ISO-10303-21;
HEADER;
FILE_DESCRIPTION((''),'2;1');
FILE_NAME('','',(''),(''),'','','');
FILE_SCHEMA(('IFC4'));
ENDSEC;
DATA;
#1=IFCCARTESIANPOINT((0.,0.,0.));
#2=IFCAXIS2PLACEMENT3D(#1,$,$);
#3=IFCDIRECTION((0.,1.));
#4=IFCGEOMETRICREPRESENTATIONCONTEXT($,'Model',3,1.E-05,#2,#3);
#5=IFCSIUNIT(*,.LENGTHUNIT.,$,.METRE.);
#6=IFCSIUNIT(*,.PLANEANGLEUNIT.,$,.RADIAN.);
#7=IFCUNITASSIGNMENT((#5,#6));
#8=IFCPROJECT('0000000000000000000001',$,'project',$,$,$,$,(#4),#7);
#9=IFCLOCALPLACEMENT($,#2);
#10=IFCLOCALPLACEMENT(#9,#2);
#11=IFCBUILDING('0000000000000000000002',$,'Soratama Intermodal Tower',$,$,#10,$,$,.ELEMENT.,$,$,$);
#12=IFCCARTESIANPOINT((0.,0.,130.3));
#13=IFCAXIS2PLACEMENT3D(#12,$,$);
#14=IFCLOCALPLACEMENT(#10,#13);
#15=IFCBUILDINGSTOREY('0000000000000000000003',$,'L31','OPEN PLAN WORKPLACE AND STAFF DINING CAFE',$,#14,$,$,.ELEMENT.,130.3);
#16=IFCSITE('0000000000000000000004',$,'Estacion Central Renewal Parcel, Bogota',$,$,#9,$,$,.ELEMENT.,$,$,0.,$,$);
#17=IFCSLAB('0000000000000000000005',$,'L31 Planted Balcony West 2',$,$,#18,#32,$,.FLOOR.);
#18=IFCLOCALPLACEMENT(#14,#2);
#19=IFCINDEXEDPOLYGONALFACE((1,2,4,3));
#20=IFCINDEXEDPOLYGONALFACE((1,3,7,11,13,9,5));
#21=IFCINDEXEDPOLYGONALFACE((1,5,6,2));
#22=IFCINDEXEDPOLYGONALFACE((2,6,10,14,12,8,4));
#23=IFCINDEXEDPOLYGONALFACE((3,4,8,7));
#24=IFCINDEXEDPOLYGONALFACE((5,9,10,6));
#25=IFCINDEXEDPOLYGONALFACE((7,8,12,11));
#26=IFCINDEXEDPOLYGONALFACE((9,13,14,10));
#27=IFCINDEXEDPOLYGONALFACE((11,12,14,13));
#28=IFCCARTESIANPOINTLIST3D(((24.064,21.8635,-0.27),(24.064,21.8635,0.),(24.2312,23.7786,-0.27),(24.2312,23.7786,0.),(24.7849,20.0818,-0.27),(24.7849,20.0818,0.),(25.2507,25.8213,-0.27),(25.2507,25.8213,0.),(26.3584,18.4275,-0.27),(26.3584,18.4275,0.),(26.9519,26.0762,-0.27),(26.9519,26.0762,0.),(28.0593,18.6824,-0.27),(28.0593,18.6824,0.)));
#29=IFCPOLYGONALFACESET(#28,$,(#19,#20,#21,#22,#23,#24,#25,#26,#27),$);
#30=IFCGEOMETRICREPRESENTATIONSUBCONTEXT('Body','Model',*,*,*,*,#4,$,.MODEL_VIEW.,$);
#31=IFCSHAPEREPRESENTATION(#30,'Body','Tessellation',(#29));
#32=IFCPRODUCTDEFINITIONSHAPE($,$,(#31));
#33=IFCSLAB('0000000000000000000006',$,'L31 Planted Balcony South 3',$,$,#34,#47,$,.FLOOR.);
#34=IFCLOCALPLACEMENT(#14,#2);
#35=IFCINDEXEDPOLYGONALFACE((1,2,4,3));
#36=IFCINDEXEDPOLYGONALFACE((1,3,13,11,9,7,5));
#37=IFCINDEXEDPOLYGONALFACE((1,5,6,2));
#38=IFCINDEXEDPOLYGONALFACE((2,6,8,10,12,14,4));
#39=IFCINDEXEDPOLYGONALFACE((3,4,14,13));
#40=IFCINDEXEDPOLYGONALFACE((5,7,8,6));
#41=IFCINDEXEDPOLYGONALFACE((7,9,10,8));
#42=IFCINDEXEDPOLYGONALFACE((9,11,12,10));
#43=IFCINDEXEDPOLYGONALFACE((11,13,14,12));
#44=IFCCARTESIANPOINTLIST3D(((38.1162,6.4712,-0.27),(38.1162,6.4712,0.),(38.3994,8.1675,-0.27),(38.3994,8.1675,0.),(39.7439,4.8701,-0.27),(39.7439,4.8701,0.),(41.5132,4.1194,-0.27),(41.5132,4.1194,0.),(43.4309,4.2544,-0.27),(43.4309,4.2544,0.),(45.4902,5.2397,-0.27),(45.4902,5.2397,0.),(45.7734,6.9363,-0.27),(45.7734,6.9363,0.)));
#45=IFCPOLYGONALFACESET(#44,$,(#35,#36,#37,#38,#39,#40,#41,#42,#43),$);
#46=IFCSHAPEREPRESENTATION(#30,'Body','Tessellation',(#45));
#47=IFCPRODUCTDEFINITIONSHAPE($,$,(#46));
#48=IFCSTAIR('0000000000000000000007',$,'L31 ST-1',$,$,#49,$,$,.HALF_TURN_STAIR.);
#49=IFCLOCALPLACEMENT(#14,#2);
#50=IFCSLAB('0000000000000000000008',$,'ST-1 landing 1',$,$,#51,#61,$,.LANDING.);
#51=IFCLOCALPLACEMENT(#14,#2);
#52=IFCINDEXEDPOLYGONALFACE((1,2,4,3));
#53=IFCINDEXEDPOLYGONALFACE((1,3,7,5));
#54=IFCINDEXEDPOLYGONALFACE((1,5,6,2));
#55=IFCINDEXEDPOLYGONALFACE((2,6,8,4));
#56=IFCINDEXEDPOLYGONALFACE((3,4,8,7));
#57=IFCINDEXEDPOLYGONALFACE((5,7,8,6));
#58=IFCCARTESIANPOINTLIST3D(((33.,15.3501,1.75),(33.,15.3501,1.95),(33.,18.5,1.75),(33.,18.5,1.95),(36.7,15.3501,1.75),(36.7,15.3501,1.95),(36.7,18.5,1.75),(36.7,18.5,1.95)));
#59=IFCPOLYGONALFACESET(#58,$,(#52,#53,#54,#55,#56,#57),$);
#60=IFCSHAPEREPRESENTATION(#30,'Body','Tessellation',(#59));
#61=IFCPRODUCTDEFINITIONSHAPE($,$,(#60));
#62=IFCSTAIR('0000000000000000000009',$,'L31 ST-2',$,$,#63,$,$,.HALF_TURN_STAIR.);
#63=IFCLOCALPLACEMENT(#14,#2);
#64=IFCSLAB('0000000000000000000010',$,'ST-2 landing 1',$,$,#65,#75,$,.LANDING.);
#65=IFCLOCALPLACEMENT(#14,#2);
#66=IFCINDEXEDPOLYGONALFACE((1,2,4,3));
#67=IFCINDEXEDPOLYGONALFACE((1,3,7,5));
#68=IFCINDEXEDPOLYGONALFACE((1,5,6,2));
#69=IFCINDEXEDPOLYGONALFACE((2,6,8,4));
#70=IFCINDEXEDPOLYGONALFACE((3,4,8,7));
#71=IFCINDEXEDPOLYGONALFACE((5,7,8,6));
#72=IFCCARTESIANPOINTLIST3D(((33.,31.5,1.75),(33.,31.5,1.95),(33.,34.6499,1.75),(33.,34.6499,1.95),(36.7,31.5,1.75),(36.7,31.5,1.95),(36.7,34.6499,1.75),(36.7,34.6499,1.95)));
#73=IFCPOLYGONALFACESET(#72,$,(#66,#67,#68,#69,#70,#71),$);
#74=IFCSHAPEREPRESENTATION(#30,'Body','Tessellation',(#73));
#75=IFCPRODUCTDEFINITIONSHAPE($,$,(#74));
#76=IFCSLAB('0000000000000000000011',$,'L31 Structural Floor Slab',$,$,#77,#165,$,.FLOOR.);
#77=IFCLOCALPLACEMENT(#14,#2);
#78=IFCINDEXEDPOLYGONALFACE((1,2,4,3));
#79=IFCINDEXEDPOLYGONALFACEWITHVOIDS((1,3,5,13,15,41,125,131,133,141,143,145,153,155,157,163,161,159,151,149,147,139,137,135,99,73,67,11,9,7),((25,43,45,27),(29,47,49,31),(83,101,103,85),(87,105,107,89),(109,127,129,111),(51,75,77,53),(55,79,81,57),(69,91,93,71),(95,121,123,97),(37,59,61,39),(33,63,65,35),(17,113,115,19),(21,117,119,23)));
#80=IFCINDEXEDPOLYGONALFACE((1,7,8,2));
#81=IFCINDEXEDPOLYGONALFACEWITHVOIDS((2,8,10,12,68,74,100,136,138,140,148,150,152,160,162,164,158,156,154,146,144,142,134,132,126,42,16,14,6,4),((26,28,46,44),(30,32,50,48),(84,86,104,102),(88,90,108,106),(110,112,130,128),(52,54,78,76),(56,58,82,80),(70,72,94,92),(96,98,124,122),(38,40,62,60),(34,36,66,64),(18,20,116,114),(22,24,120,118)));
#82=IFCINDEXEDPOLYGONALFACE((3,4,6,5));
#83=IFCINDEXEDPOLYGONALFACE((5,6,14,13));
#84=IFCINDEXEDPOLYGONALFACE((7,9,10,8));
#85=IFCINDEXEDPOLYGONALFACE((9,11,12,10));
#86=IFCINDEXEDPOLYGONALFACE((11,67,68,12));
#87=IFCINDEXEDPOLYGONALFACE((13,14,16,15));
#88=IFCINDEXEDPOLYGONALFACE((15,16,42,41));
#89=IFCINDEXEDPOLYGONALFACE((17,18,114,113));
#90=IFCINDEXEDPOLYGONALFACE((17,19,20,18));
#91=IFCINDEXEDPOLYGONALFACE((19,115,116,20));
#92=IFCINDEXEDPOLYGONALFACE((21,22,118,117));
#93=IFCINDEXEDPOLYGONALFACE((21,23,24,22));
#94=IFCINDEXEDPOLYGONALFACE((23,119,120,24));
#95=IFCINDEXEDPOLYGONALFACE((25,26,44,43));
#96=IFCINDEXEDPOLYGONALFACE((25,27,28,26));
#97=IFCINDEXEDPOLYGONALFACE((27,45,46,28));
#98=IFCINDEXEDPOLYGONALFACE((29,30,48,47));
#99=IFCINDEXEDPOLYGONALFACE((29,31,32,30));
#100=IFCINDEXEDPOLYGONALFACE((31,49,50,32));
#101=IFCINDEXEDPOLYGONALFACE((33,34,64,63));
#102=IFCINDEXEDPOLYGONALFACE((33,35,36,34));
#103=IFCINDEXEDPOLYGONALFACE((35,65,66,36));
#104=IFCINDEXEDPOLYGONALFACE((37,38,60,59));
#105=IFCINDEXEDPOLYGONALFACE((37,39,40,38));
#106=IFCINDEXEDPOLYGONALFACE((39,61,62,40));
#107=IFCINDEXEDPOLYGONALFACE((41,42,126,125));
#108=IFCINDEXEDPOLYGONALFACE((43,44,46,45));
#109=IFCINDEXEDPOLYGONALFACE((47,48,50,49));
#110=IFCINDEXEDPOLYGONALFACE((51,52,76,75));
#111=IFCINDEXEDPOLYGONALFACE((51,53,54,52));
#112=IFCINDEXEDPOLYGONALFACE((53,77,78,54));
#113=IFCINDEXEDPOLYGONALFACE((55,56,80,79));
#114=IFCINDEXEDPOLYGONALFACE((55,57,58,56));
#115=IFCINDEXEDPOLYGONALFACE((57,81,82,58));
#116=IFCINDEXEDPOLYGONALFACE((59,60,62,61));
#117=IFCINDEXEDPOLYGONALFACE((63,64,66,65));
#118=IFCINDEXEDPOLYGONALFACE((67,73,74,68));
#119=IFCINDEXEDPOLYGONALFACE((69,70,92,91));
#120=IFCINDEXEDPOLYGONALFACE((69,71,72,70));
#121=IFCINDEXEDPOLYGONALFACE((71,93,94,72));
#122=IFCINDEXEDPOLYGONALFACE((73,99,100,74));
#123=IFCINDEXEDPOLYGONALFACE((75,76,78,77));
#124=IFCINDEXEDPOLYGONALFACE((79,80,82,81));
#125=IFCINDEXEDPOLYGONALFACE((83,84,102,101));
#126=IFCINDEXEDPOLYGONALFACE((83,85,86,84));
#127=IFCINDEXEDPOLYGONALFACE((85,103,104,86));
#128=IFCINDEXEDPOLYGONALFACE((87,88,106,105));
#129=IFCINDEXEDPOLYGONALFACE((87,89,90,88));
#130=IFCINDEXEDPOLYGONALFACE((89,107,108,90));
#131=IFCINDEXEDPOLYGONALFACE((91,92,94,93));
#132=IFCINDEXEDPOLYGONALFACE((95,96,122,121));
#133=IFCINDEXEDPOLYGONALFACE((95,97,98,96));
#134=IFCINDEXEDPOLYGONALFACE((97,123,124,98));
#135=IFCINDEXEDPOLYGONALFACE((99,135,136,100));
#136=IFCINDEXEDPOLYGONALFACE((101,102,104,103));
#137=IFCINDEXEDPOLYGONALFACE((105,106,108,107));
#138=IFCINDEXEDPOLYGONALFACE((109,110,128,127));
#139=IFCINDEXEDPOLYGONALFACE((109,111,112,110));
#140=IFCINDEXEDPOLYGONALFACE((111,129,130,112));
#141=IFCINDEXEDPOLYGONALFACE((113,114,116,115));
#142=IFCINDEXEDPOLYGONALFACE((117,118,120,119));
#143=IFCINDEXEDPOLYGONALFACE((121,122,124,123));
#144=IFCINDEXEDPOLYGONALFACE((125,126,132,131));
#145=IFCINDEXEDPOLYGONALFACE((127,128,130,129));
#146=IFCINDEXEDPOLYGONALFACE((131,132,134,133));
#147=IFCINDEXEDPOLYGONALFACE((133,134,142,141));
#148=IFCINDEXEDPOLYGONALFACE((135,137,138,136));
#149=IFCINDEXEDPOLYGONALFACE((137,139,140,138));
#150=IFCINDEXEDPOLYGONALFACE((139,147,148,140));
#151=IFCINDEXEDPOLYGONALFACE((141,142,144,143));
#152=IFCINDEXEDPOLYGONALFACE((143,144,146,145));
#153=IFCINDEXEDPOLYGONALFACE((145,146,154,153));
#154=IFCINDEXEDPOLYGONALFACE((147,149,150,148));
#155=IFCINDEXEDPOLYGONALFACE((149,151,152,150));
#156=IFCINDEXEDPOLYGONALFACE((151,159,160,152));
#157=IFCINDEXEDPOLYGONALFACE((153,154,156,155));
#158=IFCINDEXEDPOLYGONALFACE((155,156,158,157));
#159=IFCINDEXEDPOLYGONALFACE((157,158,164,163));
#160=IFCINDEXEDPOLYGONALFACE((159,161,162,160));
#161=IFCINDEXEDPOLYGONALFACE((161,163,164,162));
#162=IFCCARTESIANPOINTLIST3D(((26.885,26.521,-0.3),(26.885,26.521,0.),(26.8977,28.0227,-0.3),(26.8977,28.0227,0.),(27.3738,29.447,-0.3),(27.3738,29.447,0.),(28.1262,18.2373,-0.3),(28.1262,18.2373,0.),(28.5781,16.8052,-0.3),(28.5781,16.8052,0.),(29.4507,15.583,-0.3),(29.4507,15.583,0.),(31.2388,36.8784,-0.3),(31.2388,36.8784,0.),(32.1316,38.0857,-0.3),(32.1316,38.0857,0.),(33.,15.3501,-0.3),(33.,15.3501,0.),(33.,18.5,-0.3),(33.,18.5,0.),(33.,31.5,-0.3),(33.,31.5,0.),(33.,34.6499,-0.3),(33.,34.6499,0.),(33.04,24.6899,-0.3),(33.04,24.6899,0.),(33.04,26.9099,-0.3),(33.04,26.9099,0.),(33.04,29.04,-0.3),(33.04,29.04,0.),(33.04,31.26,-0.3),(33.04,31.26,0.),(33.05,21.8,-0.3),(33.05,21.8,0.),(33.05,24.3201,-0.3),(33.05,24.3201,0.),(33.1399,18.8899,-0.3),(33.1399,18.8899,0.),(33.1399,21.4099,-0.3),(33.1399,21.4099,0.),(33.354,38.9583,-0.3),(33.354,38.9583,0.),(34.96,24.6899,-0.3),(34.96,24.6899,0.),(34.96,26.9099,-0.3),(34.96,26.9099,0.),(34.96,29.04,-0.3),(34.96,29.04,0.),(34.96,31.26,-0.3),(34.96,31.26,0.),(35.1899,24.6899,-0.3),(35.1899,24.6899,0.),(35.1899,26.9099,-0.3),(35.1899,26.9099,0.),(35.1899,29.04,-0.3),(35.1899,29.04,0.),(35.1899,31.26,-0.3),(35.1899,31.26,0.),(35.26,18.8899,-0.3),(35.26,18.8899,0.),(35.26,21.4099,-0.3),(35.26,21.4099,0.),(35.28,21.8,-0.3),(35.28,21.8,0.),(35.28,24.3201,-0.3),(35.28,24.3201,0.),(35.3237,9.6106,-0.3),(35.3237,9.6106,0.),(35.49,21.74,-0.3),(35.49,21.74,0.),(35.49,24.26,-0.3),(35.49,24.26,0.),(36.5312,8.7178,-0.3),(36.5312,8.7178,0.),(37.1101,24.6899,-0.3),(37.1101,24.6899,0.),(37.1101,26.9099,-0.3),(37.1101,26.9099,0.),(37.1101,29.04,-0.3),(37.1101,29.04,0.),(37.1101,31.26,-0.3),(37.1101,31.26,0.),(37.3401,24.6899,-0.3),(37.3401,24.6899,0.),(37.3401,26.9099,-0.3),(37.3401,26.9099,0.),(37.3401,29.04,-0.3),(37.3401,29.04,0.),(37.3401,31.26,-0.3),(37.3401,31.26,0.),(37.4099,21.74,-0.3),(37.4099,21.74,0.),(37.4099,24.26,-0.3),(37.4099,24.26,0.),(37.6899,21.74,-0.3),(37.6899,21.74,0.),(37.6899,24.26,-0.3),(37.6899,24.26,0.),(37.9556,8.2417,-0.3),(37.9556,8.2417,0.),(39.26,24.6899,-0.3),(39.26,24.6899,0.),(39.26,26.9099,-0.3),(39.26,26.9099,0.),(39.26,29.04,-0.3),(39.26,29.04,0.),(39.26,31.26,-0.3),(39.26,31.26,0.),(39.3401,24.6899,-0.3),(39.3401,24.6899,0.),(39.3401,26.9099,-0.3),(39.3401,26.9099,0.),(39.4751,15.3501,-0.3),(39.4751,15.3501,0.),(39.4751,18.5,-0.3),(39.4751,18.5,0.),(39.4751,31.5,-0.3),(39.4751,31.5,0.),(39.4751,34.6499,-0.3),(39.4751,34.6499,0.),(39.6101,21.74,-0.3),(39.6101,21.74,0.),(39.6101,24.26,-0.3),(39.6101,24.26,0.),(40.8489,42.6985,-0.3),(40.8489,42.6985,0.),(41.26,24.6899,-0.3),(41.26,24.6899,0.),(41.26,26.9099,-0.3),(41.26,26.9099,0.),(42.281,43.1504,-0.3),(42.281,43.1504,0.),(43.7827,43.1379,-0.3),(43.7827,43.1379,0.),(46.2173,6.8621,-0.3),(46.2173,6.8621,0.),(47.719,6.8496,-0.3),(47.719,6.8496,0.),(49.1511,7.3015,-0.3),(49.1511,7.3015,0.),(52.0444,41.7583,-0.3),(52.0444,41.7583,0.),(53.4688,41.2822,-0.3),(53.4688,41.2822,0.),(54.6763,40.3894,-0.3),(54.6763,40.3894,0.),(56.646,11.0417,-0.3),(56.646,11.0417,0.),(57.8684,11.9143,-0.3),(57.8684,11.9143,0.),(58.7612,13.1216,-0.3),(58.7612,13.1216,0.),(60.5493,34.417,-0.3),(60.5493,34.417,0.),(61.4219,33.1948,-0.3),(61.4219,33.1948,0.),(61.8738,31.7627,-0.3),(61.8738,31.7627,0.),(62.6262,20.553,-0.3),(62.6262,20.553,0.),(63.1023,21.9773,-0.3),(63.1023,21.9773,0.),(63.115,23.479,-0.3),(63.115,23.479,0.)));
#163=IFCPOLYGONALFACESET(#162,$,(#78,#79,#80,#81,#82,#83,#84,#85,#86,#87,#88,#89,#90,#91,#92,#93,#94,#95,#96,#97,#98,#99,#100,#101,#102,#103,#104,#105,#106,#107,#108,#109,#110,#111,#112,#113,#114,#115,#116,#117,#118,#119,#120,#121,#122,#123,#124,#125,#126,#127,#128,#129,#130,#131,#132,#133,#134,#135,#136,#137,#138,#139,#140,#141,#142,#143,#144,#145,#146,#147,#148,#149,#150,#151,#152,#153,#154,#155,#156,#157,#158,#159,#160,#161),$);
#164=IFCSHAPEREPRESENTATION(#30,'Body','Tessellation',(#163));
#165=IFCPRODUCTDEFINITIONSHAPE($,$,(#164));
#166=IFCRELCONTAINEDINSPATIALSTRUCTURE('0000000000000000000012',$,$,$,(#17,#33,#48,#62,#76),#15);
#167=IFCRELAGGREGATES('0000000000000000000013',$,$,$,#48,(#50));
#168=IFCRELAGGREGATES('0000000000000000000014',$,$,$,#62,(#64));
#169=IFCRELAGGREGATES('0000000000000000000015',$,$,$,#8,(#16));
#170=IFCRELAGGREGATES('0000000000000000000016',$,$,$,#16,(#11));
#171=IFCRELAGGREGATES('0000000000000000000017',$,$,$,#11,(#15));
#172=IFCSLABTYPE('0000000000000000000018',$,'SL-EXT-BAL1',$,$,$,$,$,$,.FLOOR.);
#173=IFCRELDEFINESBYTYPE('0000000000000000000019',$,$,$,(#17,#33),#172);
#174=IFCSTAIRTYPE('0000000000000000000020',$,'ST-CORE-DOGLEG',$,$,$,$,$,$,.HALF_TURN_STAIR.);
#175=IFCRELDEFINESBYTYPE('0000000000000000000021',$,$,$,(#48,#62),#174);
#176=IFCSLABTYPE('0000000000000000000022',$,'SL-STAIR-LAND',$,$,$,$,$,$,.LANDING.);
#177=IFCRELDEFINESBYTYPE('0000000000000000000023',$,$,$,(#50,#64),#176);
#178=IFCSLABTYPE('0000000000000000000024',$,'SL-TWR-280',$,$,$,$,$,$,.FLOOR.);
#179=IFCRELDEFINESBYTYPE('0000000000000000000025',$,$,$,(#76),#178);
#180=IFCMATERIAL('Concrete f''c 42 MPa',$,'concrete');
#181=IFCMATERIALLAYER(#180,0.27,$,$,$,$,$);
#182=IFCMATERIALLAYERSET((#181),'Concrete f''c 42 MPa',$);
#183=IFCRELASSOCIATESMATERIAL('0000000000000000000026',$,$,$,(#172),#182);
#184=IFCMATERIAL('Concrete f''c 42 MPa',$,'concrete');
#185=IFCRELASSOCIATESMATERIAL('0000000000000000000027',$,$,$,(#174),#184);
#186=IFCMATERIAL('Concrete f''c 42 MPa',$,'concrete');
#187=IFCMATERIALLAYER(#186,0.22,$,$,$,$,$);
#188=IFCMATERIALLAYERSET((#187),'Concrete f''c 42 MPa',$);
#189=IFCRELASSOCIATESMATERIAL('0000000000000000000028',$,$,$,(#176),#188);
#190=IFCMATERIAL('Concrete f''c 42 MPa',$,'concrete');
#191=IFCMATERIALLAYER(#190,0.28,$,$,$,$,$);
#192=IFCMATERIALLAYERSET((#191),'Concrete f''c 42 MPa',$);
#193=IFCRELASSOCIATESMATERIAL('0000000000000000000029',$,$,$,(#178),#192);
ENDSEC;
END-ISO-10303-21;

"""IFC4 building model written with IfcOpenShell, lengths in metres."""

from ifc_helpers import new_model, si_unit, direction, frame, origin, place, context, subcontext, project, spatial, polyline, outline, extrude, material, layer, layer_set, type_object, element, aggregate, save


model = new_model("IFC4")

# Units and contexts
model_context = context("Model", 3, precision=1e-05, world=origin(), true_north=direction((0.0, 1.0)))
body_context = subcontext(model_context, "Body", "Model", "MODEL_VIEW")
ifc_project = project(units=[si_unit("LENGTHUNIT", "METRE"), si_unit("PLANEANGLEUNIT", "RADIAN")], contexts=[model_context])

# Site, building, storey
site_placement = place(None, origin())
site = spatial("IfcSite", under=ifc_project, at=site_placement, Name="Estacion Central Renewal Parcel, Bogota", CompositionType="ELEMENT", RefElevation=0.0)
building_placement = place(site_placement, origin())
building = spatial("IfcBuilding", under=site, at=building_placement, Name="Soratama Intermodal Tower", CompositionType="ELEMENT")
storey_placement = place(building_placement, frame((0.0, 0.0, 130.3)))
storey = spatial("IfcBuildingStorey", under=building, at=storey_placement, Name="L31", Description="OPEN PLAN WORKPLACE AND STAFF DINING CAFE", CompositionType="ELEMENT", Elevation=130.3)

# Slabs
ifc_material_1 = material(Name="Concrete f'c 42 MPa", Category="concrete")
ifc_layer_1 = layer(ifc_material_1, 0.27)
ifc_layer_set_1 = layer_set([ifc_layer_1], Name="Concrete f'c 42 MPa")
slab_type_1 = type_object("IfcSlabType", Name="SL-EXT-BAL1", PredefinedType="FLOOR", material=ifc_layer_set_1)
slab_1_placement = place(storey_placement, frame((0.0, 0.0, -0.27)))
element("IfcSlab", 1, at=slab_1_placement, inside=storey, type_object=slab_type_1, Name="L31 Planted Balcony West 2", PredefinedType="FLOOR", context=body_context, shape_type="SweptSolid", body=[
    extrude(outline(polyline([(26.9519, 26.0762), (28.0593, 18.6824), (26.3584, 18.4275), (24.7849, 20.0818), (24.064, 21.8635), (24.2312, 23.7786), (25.2507, 25.8213), (26.9519, 26.0762)])), origin(), (0.0, 0.0, 1.0), 0.27),
])
slab_2_placement = place(storey_placement, frame((0.0, 0.0, -0.27)))
element("IfcSlab", 2, at=slab_2_placement, inside=storey, type_object=slab_type_1, Name="L31 Planted Balcony South 3", PredefinedType="FLOOR", context=body_context, shape_type="SweptSolid", body=[
    extrude(outline(polyline([(38.3994, 8.1675), (45.7734, 6.9363), (45.4902, 5.2397), (43.4309, 4.2544), (41.5132, 4.1194), (39.7439, 4.8701), (38.1162, 6.4712), (38.3994, 8.1675)])), origin(), (0.0, 0.0, 1.0), 0.27),
])

# Stairs, slabs
ifc_material_2 = material(Name="Concrete f'c 42 MPa", Category="concrete")
stair_type = type_object("IfcStairType", Name="ST-CORE-DOGLEG", PredefinedType="HALF_TURN_STAIR", material=ifc_material_2)
stair_1_placement = place(storey_placement, origin())
stair_1 = element("IfcStair", 3, at=stair_1_placement, inside=storey, type_object=stair_type, Name="L31 ST-1", PredefinedType="HALF_TURN_STAIR")
ifc_material_3 = material(Name="Concrete f'c 42 MPa", Category="concrete")
ifc_layer_2 = layer(ifc_material_3, 0.22)
ifc_layer_set_2 = layer_set([ifc_layer_2], Name="Concrete f'c 42 MPa")
slab_type_2 = type_object("IfcSlabType", Name="SL-STAIR-LAND", PredefinedType="LANDING", material=ifc_layer_set_2)
slab_3_placement = place(storey_placement, frame((0.0, 0.0, 1.75)))
slab_3 = element("IfcSlab", 4, at=slab_3_placement, type_object=slab_type_2, Name="ST-1 landing 1", PredefinedType="LANDING", context=body_context, shape_type="SweptSolid", body=[
    extrude(outline(polyline([(36.7, 18.5), (33.0, 18.5), (33.0, 15.3501), (36.7, 15.3501), (36.7, 18.5)])), origin(), (0.0, 0.0, 1.0), 0.2),
])
aggregate(stair_1, [slab_3])
stair_2_placement = place(storey_placement, origin())
stair_2 = element("IfcStair", 5, at=stair_2_placement, inside=storey, type_object=stair_type, Name="L31 ST-2", PredefinedType="HALF_TURN_STAIR")
slab_4_placement = place(storey_placement, frame((0.0, 0.0, 1.75)))
slab_4 = element("IfcSlab", 6, at=slab_4_placement, type_object=slab_type_2, Name="ST-2 landing 1", PredefinedType="LANDING", context=body_context, shape_type="SweptSolid", body=[
    extrude(outline(polyline([(36.7, 34.6499), (33.0, 34.6499), (33.0, 31.5), (36.7, 31.5), (36.7, 34.6499)])), origin(), (0.0, 0.0, 1.0), 0.2),
])
aggregate(stair_2, [slab_4])

# Slab
ifc_material_4 = material(Name="Concrete f'c 42 MPa", Category="concrete")
ifc_layer_3 = layer(ifc_material_4, 0.28)
ifc_layer_set_3 = layer_set([ifc_layer_3], Name="Concrete f'c 42 MPa")
slab_type_3 = type_object("IfcSlabType", Name="SL-TWR-280", PredefinedType="FLOOR", material=ifc_layer_set_3)
slab_5_placement = place(storey_placement, frame((0.0, 0.0, -0.3)))
element("IfcSlab", 7, at=slab_5_placement, inside=storey, type_object=slab_type_3, Name="L31 Structural Floor Slab", PredefinedType="FLOOR", context=body_context, shape_type="SweptSolid", body=[
    extrude(outline(polyline([(61.8738, 31.7627), (61.4219, 33.1948), (60.5493, 34.417), (54.6763, 40.3894), (53.4688, 41.2822), (52.0444, 41.7583), (43.7827, 43.1379), (42.281, 43.1504), (40.8489, 42.6985), (33.354, 38.9583), (32.1316, 38.0857), (31.2388, 36.8784), (27.3738, 29.447), (26.8977, 28.0227), (26.885, 26.521), (28.1262, 18.2373), (28.5781, 16.8052), (29.4507, 15.583), (35.3237, 9.6106), (36.5312, 8.7178), (37.9556, 8.2417), (46.2173, 6.8621), (47.719, 6.8496), (49.1511, 7.3015), (56.646, 11.0417), (57.8684, 11.9143), (58.7612, 13.1216), (62.6262, 20.553), (63.1023, 21.9773), (63.115, 23.479), (61.8738, 31.7627)]), holes=[polyline([(33.0, 18.5), (33.0, 15.3501), (39.4751, 15.3501), (39.4751, 18.5), (33.0, 18.5)]), polyline([(35.26, 18.8899), (35.26, 21.4099), (33.1399, 21.4099), (33.1399, 18.8899), (35.26, 18.8899)]), polyline([(33.05, 21.8), (35.28, 21.8), (35.28, 24.3201), (33.05, 24.3201), (33.05, 21.8)]), polyline([(34.96, 26.9099), (33.04, 26.9099), (33.04, 24.6899), (34.96, 24.6899), (34.96, 26.9099)]), polyline([(37.1101, 24.6899), (37.1101, 26.9099), (35.1899, 26.9099), (35.1899, 24.6899), (37.1101, 24.6899)]), polyline([(34.96, 29.04), (34.96, 31.26), (33.04, 31.26), (33.04, 29.04), (34.96, 29.04)]), polyline([(37.1101, 31.26), (35.1899, 31.26), (35.1899, 29.04), (37.1101, 29.04), (37.1101, 31.26)]), polyline([(37.4099, 21.74), (37.4099, 24.26), (35.49, 24.26), (35.49, 21.74), (37.4099, 21.74)]), polyline([(39.6101, 21.74), (39.6101, 24.26), (37.6899, 24.26), (37.6899, 21.74), (39.6101, 21.74)]), polyline([(39.26, 24.6899), (39.26, 26.9099), (37.3401, 26.9099), (37.3401, 24.6899), (39.26, 24.6899)]), polyline([(41.26, 24.6899), (41.26, 26.9099), (39.3401, 26.9099), (39.3401, 24.6899), (41.26, 24.6899)]), polyline([(39.26, 29.04), (39.26, 31.26), (37.3401, 31.26), (37.3401, 29.04), (39.26, 29.04)]), polyline([(39.4751, 34.6499), (33.0, 34.6499), (33.0, 31.5), (39.4751, 31.5), (39.4751, 34.6499)])]), origin(), (0.0, 0.0, 1.0), 0.3),
])

save(model, "model.ifc")
